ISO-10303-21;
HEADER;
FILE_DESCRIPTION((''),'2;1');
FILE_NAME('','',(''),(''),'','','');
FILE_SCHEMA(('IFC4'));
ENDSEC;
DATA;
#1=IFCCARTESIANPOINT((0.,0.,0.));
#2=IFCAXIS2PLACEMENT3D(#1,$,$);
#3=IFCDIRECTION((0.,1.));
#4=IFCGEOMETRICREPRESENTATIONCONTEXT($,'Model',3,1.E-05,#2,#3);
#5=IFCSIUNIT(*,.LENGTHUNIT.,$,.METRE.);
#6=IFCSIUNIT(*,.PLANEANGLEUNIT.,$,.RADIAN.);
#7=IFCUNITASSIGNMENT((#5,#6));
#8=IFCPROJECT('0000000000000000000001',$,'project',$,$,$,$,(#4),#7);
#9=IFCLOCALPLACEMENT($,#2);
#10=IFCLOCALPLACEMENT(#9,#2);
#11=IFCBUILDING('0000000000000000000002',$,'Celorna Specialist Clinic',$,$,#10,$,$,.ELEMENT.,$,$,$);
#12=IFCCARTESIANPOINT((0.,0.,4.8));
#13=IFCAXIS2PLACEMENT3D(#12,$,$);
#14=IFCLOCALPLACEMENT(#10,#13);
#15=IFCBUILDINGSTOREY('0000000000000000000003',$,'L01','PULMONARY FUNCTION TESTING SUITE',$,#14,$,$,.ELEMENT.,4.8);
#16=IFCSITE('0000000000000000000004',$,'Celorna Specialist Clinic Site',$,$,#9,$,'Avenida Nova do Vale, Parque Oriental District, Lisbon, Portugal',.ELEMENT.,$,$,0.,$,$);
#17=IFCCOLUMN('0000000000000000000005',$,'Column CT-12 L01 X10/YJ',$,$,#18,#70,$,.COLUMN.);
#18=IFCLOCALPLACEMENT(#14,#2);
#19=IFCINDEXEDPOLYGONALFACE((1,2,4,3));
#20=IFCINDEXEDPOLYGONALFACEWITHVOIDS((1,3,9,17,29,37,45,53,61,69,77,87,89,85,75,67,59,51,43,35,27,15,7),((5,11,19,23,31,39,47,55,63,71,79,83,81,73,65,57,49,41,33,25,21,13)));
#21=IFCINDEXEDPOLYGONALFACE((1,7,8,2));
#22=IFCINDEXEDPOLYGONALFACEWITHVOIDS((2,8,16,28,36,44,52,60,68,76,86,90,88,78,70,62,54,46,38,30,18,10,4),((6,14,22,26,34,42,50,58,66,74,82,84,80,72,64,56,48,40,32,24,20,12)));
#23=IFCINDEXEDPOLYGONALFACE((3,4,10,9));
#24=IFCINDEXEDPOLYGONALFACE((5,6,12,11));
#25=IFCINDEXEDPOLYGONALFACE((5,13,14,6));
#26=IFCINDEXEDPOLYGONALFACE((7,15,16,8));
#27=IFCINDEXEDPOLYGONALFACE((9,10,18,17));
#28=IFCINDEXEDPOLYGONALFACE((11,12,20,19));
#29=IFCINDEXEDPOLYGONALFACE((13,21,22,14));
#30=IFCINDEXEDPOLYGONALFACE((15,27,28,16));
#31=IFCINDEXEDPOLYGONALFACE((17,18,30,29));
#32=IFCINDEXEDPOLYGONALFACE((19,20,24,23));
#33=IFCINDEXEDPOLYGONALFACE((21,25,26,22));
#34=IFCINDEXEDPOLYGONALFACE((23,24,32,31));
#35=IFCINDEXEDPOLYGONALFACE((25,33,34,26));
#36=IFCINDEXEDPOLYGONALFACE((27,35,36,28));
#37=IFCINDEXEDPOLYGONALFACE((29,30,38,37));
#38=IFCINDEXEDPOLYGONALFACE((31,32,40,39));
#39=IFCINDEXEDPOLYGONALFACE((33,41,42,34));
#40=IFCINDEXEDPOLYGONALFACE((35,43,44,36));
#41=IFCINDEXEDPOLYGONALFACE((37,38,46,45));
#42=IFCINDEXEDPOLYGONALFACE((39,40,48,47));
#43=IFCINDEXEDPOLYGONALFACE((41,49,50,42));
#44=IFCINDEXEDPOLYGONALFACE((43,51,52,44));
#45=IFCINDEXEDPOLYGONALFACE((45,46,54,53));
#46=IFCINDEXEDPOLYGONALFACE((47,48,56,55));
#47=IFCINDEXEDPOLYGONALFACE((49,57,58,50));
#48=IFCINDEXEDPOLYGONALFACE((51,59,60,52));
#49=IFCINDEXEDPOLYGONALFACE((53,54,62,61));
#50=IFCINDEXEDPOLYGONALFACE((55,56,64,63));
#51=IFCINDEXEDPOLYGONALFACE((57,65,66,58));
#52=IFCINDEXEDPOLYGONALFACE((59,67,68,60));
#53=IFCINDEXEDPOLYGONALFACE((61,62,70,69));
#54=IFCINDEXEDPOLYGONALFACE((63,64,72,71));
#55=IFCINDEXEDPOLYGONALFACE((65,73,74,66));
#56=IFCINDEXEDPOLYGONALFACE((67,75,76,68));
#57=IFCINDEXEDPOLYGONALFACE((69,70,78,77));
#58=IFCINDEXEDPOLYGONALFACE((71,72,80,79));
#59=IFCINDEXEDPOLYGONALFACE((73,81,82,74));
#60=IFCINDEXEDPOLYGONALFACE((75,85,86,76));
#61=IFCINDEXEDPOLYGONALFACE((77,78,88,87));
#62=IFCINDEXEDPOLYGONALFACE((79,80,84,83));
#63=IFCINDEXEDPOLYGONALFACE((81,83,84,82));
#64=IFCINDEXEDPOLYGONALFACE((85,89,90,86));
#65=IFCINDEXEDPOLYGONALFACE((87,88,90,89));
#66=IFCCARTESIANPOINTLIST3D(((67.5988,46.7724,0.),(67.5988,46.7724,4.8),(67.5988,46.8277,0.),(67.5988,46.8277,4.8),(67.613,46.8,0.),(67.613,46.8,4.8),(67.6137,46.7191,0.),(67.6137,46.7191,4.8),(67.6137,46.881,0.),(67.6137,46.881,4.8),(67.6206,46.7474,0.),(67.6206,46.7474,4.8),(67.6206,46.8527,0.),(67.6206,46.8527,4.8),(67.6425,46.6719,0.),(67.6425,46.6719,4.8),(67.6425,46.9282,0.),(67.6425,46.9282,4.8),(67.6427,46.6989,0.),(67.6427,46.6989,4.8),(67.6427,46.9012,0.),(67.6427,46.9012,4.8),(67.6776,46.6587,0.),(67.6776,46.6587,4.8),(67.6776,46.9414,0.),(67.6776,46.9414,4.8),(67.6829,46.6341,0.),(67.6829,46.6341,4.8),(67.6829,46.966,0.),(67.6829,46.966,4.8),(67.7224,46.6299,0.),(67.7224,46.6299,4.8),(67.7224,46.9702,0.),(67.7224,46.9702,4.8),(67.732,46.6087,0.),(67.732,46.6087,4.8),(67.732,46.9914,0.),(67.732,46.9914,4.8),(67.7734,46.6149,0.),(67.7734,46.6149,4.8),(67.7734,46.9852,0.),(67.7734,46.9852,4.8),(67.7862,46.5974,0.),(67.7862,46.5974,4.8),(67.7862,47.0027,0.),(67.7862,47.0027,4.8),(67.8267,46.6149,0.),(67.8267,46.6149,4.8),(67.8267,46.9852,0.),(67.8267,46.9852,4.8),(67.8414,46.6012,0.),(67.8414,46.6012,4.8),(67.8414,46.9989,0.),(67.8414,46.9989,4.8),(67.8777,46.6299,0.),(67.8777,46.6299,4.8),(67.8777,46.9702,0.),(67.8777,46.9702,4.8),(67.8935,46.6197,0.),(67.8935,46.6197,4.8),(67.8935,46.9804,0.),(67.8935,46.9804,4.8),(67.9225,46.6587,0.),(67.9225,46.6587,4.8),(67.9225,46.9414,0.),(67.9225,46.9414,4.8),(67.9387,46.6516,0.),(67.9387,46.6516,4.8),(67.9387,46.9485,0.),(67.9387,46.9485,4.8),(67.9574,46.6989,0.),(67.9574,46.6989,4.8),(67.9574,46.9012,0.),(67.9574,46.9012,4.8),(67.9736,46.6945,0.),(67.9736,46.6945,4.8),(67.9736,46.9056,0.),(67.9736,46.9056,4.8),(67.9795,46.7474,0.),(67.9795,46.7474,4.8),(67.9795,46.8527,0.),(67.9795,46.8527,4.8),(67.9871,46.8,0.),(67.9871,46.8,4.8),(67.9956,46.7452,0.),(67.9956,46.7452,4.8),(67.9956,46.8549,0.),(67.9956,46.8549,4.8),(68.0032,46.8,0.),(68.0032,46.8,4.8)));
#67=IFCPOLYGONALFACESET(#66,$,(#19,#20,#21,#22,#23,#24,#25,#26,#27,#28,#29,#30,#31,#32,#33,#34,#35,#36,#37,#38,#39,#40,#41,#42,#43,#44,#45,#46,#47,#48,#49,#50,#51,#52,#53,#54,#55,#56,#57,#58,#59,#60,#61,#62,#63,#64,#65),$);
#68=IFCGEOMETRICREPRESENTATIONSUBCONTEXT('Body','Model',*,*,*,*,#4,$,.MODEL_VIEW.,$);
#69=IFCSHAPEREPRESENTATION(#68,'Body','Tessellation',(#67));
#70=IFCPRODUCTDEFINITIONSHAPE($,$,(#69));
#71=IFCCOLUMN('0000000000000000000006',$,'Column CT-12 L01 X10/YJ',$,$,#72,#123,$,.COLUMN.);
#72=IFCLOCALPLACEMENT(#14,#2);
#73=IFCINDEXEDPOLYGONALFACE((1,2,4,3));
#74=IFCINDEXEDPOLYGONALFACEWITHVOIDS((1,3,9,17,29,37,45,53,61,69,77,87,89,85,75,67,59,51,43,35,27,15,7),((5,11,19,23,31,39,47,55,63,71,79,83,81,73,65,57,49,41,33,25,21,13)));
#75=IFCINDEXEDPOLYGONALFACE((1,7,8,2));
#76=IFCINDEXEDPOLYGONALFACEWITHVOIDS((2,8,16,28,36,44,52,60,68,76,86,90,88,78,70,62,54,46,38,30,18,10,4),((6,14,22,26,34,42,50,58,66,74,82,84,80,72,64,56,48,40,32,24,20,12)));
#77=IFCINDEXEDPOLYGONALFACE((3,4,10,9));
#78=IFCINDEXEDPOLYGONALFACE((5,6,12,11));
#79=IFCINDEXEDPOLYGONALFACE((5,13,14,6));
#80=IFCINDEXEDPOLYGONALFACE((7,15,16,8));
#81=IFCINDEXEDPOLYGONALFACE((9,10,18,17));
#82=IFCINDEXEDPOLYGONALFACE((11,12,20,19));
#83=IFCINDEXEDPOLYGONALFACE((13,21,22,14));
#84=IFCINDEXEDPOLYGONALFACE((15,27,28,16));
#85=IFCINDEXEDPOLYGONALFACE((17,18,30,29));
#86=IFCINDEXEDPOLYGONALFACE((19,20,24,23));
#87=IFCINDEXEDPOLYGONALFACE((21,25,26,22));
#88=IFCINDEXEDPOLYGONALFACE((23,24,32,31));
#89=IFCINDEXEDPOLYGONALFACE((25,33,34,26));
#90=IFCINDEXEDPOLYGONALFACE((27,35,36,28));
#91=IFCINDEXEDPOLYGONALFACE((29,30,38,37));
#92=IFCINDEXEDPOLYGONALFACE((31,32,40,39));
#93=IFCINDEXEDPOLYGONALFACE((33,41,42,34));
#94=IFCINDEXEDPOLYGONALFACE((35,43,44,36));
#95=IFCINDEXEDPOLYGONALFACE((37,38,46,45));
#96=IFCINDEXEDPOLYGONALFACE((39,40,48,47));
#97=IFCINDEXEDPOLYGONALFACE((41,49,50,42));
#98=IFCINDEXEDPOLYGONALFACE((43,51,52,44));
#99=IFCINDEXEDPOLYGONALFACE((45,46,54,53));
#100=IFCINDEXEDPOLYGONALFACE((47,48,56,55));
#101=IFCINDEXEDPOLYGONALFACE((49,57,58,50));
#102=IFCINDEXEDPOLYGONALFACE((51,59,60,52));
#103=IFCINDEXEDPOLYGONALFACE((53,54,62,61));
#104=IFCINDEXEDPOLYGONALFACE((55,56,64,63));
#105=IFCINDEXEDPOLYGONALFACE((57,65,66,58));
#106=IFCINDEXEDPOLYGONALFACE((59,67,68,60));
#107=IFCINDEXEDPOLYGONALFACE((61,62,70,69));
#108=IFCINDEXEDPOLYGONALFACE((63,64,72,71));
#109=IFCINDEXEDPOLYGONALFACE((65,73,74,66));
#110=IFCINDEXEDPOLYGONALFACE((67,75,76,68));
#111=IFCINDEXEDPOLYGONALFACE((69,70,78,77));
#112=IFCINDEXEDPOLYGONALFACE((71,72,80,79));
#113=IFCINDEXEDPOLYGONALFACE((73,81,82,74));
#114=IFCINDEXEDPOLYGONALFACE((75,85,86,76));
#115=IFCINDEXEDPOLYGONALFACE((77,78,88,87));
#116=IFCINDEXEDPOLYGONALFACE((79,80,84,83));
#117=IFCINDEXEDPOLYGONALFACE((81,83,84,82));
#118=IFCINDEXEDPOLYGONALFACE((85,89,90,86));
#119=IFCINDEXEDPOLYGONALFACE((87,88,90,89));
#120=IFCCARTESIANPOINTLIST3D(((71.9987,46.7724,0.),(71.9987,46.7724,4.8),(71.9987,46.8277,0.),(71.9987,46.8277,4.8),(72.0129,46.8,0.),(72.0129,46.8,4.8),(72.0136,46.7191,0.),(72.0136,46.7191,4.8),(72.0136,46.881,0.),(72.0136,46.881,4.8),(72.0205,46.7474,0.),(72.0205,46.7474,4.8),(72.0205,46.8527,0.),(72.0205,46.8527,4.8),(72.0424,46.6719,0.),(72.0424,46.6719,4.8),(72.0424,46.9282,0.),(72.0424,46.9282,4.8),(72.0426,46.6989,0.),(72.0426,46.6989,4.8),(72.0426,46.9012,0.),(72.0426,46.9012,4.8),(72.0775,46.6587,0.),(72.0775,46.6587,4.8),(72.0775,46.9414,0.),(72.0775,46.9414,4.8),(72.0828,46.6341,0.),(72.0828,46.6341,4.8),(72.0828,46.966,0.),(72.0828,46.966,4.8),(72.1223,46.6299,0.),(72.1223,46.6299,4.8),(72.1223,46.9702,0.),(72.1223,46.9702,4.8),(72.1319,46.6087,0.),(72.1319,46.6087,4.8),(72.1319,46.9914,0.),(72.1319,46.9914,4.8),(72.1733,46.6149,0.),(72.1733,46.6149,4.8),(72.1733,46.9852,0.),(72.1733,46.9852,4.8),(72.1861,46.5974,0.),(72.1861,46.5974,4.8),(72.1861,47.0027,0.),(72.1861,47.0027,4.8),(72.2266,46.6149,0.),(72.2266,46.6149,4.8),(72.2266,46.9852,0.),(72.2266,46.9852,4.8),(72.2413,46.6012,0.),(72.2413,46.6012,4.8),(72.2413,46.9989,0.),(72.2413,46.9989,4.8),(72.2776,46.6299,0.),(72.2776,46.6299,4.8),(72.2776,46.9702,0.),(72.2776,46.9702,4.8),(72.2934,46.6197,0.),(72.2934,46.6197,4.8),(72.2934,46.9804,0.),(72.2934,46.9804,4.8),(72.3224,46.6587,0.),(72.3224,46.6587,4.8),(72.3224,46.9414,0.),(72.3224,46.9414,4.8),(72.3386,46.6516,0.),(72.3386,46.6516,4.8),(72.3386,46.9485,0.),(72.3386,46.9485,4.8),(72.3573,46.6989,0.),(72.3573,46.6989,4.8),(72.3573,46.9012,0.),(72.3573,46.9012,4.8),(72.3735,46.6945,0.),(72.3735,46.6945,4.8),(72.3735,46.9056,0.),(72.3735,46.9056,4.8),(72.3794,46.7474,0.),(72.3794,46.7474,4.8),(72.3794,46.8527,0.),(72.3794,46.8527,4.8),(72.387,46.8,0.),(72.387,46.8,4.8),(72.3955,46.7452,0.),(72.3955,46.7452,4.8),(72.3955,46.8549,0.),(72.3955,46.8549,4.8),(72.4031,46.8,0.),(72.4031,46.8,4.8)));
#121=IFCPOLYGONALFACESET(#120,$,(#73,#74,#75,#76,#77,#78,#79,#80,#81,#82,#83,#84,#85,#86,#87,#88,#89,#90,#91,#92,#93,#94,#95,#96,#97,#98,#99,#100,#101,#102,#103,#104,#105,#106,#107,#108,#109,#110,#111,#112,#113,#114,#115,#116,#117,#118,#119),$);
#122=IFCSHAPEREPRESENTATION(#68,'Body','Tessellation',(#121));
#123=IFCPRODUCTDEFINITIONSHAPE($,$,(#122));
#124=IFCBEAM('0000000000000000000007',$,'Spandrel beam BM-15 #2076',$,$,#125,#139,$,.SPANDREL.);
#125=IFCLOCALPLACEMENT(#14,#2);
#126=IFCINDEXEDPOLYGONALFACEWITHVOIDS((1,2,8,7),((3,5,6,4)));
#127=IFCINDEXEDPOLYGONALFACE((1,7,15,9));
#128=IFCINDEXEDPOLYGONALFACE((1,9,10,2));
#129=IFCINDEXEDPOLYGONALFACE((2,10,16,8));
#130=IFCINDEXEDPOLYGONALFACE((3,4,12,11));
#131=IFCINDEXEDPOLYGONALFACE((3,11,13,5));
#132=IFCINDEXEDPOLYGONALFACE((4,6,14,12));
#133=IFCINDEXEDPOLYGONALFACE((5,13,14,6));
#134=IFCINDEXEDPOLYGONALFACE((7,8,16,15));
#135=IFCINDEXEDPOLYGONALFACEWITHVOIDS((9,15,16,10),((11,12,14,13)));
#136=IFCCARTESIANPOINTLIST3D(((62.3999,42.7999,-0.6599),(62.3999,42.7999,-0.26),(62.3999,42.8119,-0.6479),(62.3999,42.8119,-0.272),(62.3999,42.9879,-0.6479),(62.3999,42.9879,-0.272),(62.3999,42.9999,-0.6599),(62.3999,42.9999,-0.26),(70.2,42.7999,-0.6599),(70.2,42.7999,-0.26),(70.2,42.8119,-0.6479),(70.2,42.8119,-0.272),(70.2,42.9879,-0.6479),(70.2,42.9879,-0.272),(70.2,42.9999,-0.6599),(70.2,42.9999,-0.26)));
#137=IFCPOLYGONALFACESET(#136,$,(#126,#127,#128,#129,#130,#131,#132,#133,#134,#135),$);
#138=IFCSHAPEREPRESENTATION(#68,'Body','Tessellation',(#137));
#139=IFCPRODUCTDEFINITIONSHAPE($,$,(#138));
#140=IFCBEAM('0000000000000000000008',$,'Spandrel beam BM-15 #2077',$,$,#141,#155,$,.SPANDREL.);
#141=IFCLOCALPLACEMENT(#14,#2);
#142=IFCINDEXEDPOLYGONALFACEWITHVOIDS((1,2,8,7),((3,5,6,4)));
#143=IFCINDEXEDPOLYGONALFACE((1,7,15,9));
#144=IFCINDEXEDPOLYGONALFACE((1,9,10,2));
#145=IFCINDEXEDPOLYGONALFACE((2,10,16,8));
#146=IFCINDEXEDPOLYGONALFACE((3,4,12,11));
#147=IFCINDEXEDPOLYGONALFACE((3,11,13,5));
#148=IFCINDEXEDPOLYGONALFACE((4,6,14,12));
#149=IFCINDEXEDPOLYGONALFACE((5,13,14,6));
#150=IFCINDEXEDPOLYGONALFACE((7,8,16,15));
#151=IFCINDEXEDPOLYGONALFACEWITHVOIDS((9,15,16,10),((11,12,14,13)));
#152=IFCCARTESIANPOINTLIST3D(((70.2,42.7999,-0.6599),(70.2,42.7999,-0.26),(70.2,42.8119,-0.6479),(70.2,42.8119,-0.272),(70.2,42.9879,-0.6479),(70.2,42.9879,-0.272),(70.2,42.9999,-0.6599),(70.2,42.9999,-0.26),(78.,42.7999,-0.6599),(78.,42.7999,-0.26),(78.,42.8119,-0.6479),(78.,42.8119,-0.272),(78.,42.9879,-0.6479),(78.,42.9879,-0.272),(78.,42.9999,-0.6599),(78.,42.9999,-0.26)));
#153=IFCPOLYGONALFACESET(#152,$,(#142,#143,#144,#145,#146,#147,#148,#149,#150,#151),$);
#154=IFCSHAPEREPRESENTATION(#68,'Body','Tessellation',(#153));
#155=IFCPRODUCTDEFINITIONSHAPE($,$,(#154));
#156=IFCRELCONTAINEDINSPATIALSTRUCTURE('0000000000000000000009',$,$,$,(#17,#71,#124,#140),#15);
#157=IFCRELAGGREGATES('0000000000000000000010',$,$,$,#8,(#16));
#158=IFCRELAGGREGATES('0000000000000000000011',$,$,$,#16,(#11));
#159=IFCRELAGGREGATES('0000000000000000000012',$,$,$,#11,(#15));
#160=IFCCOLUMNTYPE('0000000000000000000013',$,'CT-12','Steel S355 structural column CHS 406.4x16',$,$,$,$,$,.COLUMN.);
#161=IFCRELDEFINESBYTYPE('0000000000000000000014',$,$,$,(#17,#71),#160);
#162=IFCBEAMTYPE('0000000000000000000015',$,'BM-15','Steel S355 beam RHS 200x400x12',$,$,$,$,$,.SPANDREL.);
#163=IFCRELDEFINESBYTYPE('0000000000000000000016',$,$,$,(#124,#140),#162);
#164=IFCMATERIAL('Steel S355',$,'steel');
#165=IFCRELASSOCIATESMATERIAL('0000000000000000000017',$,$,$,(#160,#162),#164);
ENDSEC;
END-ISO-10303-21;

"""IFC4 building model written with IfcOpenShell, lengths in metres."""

from ifc_helpers import new_model, si_unit, direction, frame, origin, origin_2d, place, context, subcontext, project, spatial, hollow_rectangle, hollow_circle, extrude, material, material_profile, profile_set, type_object, element, save


model = new_model("IFC4")

# Units and contexts
model_context = context("Model", 3, precision=1e-05, world=origin(), true_north=direction((0.0, 1.0)))
body_context = subcontext(model_context, "Body", "Model", "MODEL_VIEW")
ifc_project = project(units=[si_unit("LENGTHUNIT", "METRE"), si_unit("PLANEANGLEUNIT", "RADIAN")], contexts=[model_context])

# Site, building, storey
site_placement = place(None, origin())
site = spatial("IfcSite", under=ifc_project, at=site_placement, Name="Celorna Specialist Clinic Site", LongName="Avenida Nova do Vale, Parque Oriental District, Lisbon, Portugal", CompositionType="ELEMENT", RefElevation=0.0)
building_placement = place(site_placement, origin())
building = spatial("IfcBuilding", under=site, at=building_placement, Name="Celorna Specialist Clinic", CompositionType="ELEMENT")
storey_placement = place(building_placement, frame((0.0, 0.0, 4.8)))
storey = spatial("IfcBuildingStorey", under=building, at=storey_placement, Name="L01", Description="PULMONARY FUNCTION TESTING SUITE", CompositionType="ELEMENT", Elevation=4.8)

# Columns
ifc_material_1 = material(Name="Steel S355", Category="steel")
ifc_material_profile_1 = material_profile(ifc_material_1, hollow_circle(Radius=0.2031, WallThickness=0.0161, at=origin_2d()), Name="CHS 406.4x16")
ifc_profile_set_1 = profile_set([ifc_material_profile_1], Name="Steel S355")
column_type_1 = type_object("IfcColumnType", Name="CT-12", Description="Steel S355 structural column CHS 406.4x16", PredefinedType="COLUMN", material=ifc_profile_set_1)
for number, where, z_axis, x_axis, name in (
    (1, (67.8, 46.8, 0.0), (0.0, 0.0, 1.0), (1.0, 0.0, 0.0), "Column CT-12 L01 X10/YJ"),
    (2, (72.2, 46.8, 0.0), (0.0, 0.0, 1.0), (1.0, 0.0, 0.0), "Column CT-12 L01 X10/YJ"),
):
    element("IfcColumn", number, at=place(storey_placement, frame(where, z_axis=z_axis, x_axis=x_axis)), inside=storey, type_object=column_type_1, Name=name, PredefinedType="COLUMN", context=body_context, shape_type="SweptSolid", body=[
        extrude(hollow_circle(Radius=0.2031, WallThickness=0.0161, at=origin_2d()), origin(), (0.0, 0.0, 1.0), 4.8),
    ])

# Beams
ifc_material_profile_2 = material_profile(ifc_material_1, hollow_rectangle(XDim=0.2, YDim=0.3999, WallThickness=0.012, at=origin_2d()), Name="RHS 200x400x12")
ifc_profile_set_2 = profile_set([ifc_material_profile_2], Name="Steel S355")
beam_type = type_object("IfcBeamType", Name="BM-15", Description="Steel S355 beam RHS 200x400x12", PredefinedType="SPANDREL", material=ifc_profile_set_2)
for number, where, z_axis, x_axis, name in (
    (3, (62.3999, 42.8999, -0.46), (1.0, 0.0, 0.0), (0.0, 1.0, 0.0), "Spandrel beam BM-15 #2076"),
    (4, (70.2, 42.8999, -0.46), (1.0, 0.0, 0.0), (0.0, 1.0, 0.0), "Spandrel beam BM-15 #2077"),
):
    element("IfcBeam", number, at=place(storey_placement, frame(where, z_axis=z_axis, x_axis=x_axis)), inside=storey, type_object=beam_type, Name=name, PredefinedType="SPANDREL", context=body_context, shape_type="SweptSolid", body=[
        extrude(hollow_rectangle(XDim=0.2, YDim=0.3999, WallThickness=0.012, at=origin_2d()), origin(), (0.0, 0.0, 1.0), 7.8),
    ])

save(model, "model.ifc")
